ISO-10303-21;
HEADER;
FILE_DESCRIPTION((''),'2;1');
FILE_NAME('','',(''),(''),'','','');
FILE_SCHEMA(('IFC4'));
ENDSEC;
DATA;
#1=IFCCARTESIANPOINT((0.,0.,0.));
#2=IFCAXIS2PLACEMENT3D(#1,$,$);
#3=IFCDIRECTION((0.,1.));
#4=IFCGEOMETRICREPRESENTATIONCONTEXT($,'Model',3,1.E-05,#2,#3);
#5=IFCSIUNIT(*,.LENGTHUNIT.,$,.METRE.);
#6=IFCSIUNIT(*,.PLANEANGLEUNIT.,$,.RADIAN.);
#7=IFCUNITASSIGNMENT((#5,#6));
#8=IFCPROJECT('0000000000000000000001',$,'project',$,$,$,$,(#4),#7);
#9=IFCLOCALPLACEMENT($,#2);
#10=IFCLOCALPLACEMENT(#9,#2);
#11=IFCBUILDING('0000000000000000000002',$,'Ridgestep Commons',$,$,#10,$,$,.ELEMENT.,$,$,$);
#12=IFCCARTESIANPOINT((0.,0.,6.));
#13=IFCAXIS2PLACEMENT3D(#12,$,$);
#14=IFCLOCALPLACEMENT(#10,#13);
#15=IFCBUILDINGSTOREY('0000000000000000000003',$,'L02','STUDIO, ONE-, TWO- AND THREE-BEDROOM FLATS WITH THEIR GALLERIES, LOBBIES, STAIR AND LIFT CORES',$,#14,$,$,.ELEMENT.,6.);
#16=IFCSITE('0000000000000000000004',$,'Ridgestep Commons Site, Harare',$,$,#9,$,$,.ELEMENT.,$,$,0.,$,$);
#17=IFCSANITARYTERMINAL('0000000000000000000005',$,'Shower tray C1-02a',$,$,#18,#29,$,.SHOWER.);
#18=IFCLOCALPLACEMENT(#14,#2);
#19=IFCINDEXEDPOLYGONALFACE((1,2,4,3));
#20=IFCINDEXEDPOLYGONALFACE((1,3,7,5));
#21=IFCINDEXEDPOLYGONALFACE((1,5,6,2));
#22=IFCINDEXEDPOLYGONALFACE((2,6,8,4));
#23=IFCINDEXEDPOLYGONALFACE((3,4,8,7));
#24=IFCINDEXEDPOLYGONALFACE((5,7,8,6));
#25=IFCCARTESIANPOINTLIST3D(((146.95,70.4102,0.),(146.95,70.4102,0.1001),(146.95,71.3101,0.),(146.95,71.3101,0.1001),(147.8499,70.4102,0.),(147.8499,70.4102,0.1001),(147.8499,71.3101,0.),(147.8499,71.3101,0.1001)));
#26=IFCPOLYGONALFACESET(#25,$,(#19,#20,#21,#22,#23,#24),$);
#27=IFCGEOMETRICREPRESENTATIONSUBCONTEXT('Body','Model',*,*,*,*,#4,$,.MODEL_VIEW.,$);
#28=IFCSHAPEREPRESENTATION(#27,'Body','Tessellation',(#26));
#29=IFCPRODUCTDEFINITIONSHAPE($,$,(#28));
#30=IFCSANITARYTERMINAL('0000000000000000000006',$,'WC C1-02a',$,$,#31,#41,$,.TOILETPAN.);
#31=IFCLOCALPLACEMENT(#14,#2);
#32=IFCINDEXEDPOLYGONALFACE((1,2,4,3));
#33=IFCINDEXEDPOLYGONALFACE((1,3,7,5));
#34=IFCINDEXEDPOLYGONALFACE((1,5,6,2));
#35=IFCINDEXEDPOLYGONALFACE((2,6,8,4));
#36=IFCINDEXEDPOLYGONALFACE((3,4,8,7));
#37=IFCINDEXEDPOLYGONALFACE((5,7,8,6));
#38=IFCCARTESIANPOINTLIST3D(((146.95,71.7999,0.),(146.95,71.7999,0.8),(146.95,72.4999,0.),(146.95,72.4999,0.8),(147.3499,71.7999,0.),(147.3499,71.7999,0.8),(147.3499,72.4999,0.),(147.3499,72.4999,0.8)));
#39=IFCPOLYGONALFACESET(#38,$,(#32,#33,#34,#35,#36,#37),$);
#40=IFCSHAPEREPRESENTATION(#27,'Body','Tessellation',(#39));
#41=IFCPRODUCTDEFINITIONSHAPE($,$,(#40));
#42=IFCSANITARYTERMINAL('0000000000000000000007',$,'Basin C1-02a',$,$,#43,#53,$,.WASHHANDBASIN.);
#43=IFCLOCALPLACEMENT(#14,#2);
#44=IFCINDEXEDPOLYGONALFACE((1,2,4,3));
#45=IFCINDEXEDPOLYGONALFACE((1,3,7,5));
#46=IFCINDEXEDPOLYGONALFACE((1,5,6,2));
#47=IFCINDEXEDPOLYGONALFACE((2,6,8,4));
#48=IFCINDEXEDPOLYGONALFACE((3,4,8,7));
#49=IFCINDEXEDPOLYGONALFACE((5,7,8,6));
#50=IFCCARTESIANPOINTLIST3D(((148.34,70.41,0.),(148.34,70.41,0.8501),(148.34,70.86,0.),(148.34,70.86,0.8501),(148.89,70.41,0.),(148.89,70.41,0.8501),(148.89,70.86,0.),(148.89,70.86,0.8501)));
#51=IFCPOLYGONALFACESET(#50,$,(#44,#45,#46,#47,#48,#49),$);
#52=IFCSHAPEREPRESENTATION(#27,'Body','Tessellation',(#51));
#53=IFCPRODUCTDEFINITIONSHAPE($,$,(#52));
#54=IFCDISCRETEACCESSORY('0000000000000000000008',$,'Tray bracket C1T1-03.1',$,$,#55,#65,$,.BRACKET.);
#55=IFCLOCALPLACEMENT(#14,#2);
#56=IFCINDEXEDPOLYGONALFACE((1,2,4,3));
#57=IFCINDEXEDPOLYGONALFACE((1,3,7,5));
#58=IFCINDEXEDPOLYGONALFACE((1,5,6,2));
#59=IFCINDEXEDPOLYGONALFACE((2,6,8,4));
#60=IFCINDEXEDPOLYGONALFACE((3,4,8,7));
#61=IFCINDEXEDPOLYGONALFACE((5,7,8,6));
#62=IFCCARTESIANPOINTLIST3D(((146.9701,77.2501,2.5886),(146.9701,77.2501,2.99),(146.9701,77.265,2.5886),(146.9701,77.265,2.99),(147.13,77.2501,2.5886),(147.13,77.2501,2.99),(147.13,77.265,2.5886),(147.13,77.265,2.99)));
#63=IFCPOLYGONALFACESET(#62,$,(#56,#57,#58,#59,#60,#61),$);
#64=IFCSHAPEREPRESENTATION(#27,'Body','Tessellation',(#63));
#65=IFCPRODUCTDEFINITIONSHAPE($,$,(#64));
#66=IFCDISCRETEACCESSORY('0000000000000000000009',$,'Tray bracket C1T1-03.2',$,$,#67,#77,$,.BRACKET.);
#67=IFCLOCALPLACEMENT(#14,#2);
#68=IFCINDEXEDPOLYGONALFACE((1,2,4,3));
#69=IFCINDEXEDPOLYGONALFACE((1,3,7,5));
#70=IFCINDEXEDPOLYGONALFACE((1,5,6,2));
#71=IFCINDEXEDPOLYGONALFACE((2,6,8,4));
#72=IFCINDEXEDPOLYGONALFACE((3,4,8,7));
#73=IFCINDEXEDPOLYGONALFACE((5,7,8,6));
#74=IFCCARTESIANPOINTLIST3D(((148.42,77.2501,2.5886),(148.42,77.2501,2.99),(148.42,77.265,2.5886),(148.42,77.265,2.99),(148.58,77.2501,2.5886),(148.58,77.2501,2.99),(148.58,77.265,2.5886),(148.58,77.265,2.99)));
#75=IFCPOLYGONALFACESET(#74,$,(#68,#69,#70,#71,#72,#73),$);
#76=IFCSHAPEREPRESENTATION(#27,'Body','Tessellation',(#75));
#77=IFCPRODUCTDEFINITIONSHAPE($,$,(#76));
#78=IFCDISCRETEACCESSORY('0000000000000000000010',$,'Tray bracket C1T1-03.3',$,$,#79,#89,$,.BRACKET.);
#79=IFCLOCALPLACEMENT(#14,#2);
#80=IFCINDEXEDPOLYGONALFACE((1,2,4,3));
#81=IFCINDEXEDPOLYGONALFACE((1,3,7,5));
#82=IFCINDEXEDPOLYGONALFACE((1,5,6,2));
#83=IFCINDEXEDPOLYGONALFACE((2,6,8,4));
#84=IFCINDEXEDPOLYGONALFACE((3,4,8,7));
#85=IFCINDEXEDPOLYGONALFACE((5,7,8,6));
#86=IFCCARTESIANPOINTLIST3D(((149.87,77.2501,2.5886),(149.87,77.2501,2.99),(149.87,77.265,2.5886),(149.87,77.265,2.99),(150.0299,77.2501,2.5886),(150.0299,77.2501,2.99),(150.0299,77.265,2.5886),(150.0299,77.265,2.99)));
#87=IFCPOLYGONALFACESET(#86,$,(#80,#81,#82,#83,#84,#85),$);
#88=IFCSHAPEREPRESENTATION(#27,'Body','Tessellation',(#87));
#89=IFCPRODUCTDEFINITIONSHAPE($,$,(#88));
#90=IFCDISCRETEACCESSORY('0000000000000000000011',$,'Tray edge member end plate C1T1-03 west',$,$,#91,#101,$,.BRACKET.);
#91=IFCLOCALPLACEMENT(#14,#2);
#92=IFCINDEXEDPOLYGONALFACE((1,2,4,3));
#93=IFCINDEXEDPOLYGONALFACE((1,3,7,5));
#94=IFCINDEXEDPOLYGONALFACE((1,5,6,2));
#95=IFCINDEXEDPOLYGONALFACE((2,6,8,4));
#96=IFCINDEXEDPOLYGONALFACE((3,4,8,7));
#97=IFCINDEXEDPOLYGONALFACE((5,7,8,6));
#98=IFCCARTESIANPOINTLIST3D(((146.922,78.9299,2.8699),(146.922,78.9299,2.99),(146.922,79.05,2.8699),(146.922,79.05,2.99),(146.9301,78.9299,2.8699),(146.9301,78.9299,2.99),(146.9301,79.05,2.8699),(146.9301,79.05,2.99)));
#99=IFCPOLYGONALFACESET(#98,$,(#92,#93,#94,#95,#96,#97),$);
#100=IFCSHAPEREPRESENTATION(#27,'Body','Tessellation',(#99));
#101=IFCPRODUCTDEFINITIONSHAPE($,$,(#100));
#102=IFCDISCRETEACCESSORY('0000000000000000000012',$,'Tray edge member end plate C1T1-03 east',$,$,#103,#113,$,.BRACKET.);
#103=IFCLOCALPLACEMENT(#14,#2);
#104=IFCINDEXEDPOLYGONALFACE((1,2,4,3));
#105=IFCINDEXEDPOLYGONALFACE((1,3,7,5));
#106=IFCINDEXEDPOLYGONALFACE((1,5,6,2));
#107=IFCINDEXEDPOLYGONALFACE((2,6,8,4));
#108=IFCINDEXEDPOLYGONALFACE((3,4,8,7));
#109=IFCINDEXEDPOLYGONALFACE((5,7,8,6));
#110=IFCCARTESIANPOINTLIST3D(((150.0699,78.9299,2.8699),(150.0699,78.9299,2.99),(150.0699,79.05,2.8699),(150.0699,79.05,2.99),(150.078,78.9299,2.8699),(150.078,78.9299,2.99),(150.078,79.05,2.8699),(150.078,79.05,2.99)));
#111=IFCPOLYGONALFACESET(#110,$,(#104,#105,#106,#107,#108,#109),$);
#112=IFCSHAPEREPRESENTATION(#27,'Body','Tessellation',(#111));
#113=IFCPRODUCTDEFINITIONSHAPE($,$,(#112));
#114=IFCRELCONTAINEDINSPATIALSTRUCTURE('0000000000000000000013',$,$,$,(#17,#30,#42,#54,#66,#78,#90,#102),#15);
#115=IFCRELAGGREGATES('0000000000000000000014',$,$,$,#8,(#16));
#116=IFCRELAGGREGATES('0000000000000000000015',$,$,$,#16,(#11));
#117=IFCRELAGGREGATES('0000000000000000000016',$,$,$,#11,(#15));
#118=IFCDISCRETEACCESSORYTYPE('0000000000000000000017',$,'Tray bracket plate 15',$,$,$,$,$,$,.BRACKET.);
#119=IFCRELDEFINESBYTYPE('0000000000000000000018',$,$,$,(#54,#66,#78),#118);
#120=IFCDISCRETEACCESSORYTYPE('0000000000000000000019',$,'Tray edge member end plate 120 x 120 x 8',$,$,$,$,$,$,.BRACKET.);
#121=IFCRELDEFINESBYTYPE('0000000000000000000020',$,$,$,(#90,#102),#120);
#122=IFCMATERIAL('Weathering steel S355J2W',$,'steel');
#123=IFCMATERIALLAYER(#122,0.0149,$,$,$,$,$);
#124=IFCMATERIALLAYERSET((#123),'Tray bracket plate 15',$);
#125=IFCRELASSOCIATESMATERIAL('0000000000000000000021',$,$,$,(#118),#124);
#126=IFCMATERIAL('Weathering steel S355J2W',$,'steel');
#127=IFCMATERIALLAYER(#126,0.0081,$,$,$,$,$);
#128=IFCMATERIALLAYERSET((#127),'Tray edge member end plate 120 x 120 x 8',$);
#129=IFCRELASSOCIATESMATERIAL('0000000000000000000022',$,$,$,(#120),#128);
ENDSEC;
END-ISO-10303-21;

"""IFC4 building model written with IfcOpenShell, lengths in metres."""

from ifc_helpers import new_model, si_unit, direction, frame, origin, origin_2d, place, context, subcontext, project, spatial, rectangle, extrude, material, layer, layer_set, type_object, element, save


model = new_model("IFC4")

# Units and contexts
model_context = context("Model", 3, precision=1e-05, world=origin(), true_north=direction((0.0, 1.0)))
body_context = subcontext(model_context, "Body", "Model", "MODEL_VIEW")
ifc_project = project(units=[si_unit("LENGTHUNIT", "METRE"), si_unit("PLANEANGLEUNIT", "RADIAN")], contexts=[model_context])

# Site, building, storey
site_placement = place(None, origin())
site = spatial("IfcSite", under=ifc_project, at=site_placement, Name="Ridgestep Commons Site, Harare", CompositionType="ELEMENT", RefElevation=0.0)
building_placement = place(site_placement, origin())
building = spatial("IfcBuilding", under=site, at=building_placement, Name="Ridgestep Commons", CompositionType="ELEMENT")
storey_placement = place(building_placement, frame((0.0, 0.0, 6.0)))
storey = spatial("IfcBuildingStorey", under=building, at=storey_placement, Name="L02", Description="STUDIO, ONE-, TWO- AND THREE-BEDROOM FLATS WITH THEIR GALLERIES, LOBBIES, STAIR AND LIFT CORES", CompositionType="ELEMENT", Elevation=6.0)

# Sanitary terminals
sanitary_terminal_1_placement = place(storey_placement, frame((147.3999, 70.8601, 0.0), z_axis=(0.0, 0.0, 1.0), x_axis=(1.0, 0.0, 0.0)))
element("IfcSanitaryTerminal", 1, at=sanitary_terminal_1_placement, inside=storey, Name="Shower tray C1-02a", PredefinedType="SHOWER", context=body_context, shape_type="SweptSolid", body=[
    extrude(rectangle(XDim=0.8999, YDim=0.8999, at=origin_2d()), origin(), (0.0, 0.0, 1.0), 0.1001),
])
sanitary_terminal_2_placement = place(storey_placement, frame((147.1499, 72.1499, 0.0), z_axis=(0.0, 0.0, 1.0), x_axis=(1.0, 0.0, 0.0)))
element("IfcSanitaryTerminal", 2, at=sanitary_terminal_2_placement, inside=storey, Name="WC C1-02a", PredefinedType="TOILETPAN", context=body_context, shape_type="SweptSolid", body=[
    extrude(rectangle(XDim=0.3999, YDim=0.7, at=origin_2d()), origin(), (0.0, 0.0, 1.0), 0.8),
])
sanitary_terminal_3_placement = place(storey_placement, frame((148.615, 70.635, 0.0), z_axis=(0.0, 0.0, 1.0), x_axis=(1.0, 0.0, 0.0)))
element("IfcSanitaryTerminal", 3, at=sanitary_terminal_3_placement, inside=storey, Name="Basin C1-02a", PredefinedType="WASHHANDBASIN", context=body_context, shape_type="SweptSolid", body=[
    extrude(rectangle(XDim=0.55, YDim=0.45, at=origin_2d()), origin(), (0.0, 0.0, 1.0), 0.8501),
])

# Discrete accessories
ifc_material_1 = material(Name="Weathering steel S355J2W", Category="steel")
ifc_layer_1 = layer(ifc_material_1, 0.0149)
ifc_layer_set_1 = layer_set([ifc_layer_1], Name="Tray bracket plate 15")
discrete_accessory_type_1 = type_object("IfcDiscreteAccessoryType", Name="Tray bracket plate 15", PredefinedType="BRACKET", material=ifc_layer_set_1)
for number, where, z_axis, x_axis, name in (
    (4, (147.05, 77.2576, 2.5886), (0.0, 0.0, 1.0), (1.0, 0.0, 0.0), "Tray bracket C1T1-03.1"),
    (5, (148.5, 77.2576, 2.5886), (0.0, 0.0, 1.0), (1.0, 0.0, 0.0), "Tray bracket C1T1-03.2"),
    (6, (149.95, 77.2576, 2.5886), (0.0, 0.0, 1.0), (1.0, 0.0, 0.0), "Tray bracket C1T1-03.3"),
):
    element("IfcDiscreteAccessory", number, at=place(storey_placement, frame(where, z_axis=z_axis, x_axis=x_axis)), inside=storey, type_object=discrete_accessory_type_1, Name=name, PredefinedType="BRACKET", context=body_context, shape_type="SweptSolid", body=[
        extrude(rectangle(XDim=0.1599, YDim=0.0149, at=origin_2d()), origin(), (0.0, 0.0, 1.0), 0.4014),
    ])
ifc_material_2 = material(Name="Weathering steel S355J2W", Category="steel")
ifc_layer_2 = layer(ifc_material_2, 0.0081)
ifc_layer_set_2 = layer_set([ifc_layer_2], Name="Tray edge member end plate 120 x 120 x 8")
discrete_accessory_type_2 = type_object("IfcDiscreteAccessoryType", Name="Tray edge member end plate 120 x 120 x 8", PredefinedType="BRACKET", material=ifc_layer_set_2)
for number, where, z_axis, x_axis, name in (
    (7, (146.926, 78.99, 2.8699), (0.0, 0.0, 1.0), (1.0, 0.0, 0.0), "Tray edge member end plate C1T1-03 west"),
    (8, (150.074, 78.99, 2.8699), (0.0, 0.0, 1.0), (1.0, 0.0, 0.0), "Tray edge member end plate C1T1-03 east"),
):
    element("IfcDiscreteAccessory", number, at=place(storey_placement, frame(where, z_axis=z_axis, x_axis=x_axis)), inside=storey, type_object=discrete_accessory_type_2, Name=name, PredefinedType="BRACKET", context=body_context, shape_type="SweptSolid", body=[
        extrude(rectangle(XDim=0.0081, YDim=0.1201, at=origin_2d()), origin(), (0.0, 0.0, 1.0), 0.1201),
    ])

save(model, "model.ifc")
